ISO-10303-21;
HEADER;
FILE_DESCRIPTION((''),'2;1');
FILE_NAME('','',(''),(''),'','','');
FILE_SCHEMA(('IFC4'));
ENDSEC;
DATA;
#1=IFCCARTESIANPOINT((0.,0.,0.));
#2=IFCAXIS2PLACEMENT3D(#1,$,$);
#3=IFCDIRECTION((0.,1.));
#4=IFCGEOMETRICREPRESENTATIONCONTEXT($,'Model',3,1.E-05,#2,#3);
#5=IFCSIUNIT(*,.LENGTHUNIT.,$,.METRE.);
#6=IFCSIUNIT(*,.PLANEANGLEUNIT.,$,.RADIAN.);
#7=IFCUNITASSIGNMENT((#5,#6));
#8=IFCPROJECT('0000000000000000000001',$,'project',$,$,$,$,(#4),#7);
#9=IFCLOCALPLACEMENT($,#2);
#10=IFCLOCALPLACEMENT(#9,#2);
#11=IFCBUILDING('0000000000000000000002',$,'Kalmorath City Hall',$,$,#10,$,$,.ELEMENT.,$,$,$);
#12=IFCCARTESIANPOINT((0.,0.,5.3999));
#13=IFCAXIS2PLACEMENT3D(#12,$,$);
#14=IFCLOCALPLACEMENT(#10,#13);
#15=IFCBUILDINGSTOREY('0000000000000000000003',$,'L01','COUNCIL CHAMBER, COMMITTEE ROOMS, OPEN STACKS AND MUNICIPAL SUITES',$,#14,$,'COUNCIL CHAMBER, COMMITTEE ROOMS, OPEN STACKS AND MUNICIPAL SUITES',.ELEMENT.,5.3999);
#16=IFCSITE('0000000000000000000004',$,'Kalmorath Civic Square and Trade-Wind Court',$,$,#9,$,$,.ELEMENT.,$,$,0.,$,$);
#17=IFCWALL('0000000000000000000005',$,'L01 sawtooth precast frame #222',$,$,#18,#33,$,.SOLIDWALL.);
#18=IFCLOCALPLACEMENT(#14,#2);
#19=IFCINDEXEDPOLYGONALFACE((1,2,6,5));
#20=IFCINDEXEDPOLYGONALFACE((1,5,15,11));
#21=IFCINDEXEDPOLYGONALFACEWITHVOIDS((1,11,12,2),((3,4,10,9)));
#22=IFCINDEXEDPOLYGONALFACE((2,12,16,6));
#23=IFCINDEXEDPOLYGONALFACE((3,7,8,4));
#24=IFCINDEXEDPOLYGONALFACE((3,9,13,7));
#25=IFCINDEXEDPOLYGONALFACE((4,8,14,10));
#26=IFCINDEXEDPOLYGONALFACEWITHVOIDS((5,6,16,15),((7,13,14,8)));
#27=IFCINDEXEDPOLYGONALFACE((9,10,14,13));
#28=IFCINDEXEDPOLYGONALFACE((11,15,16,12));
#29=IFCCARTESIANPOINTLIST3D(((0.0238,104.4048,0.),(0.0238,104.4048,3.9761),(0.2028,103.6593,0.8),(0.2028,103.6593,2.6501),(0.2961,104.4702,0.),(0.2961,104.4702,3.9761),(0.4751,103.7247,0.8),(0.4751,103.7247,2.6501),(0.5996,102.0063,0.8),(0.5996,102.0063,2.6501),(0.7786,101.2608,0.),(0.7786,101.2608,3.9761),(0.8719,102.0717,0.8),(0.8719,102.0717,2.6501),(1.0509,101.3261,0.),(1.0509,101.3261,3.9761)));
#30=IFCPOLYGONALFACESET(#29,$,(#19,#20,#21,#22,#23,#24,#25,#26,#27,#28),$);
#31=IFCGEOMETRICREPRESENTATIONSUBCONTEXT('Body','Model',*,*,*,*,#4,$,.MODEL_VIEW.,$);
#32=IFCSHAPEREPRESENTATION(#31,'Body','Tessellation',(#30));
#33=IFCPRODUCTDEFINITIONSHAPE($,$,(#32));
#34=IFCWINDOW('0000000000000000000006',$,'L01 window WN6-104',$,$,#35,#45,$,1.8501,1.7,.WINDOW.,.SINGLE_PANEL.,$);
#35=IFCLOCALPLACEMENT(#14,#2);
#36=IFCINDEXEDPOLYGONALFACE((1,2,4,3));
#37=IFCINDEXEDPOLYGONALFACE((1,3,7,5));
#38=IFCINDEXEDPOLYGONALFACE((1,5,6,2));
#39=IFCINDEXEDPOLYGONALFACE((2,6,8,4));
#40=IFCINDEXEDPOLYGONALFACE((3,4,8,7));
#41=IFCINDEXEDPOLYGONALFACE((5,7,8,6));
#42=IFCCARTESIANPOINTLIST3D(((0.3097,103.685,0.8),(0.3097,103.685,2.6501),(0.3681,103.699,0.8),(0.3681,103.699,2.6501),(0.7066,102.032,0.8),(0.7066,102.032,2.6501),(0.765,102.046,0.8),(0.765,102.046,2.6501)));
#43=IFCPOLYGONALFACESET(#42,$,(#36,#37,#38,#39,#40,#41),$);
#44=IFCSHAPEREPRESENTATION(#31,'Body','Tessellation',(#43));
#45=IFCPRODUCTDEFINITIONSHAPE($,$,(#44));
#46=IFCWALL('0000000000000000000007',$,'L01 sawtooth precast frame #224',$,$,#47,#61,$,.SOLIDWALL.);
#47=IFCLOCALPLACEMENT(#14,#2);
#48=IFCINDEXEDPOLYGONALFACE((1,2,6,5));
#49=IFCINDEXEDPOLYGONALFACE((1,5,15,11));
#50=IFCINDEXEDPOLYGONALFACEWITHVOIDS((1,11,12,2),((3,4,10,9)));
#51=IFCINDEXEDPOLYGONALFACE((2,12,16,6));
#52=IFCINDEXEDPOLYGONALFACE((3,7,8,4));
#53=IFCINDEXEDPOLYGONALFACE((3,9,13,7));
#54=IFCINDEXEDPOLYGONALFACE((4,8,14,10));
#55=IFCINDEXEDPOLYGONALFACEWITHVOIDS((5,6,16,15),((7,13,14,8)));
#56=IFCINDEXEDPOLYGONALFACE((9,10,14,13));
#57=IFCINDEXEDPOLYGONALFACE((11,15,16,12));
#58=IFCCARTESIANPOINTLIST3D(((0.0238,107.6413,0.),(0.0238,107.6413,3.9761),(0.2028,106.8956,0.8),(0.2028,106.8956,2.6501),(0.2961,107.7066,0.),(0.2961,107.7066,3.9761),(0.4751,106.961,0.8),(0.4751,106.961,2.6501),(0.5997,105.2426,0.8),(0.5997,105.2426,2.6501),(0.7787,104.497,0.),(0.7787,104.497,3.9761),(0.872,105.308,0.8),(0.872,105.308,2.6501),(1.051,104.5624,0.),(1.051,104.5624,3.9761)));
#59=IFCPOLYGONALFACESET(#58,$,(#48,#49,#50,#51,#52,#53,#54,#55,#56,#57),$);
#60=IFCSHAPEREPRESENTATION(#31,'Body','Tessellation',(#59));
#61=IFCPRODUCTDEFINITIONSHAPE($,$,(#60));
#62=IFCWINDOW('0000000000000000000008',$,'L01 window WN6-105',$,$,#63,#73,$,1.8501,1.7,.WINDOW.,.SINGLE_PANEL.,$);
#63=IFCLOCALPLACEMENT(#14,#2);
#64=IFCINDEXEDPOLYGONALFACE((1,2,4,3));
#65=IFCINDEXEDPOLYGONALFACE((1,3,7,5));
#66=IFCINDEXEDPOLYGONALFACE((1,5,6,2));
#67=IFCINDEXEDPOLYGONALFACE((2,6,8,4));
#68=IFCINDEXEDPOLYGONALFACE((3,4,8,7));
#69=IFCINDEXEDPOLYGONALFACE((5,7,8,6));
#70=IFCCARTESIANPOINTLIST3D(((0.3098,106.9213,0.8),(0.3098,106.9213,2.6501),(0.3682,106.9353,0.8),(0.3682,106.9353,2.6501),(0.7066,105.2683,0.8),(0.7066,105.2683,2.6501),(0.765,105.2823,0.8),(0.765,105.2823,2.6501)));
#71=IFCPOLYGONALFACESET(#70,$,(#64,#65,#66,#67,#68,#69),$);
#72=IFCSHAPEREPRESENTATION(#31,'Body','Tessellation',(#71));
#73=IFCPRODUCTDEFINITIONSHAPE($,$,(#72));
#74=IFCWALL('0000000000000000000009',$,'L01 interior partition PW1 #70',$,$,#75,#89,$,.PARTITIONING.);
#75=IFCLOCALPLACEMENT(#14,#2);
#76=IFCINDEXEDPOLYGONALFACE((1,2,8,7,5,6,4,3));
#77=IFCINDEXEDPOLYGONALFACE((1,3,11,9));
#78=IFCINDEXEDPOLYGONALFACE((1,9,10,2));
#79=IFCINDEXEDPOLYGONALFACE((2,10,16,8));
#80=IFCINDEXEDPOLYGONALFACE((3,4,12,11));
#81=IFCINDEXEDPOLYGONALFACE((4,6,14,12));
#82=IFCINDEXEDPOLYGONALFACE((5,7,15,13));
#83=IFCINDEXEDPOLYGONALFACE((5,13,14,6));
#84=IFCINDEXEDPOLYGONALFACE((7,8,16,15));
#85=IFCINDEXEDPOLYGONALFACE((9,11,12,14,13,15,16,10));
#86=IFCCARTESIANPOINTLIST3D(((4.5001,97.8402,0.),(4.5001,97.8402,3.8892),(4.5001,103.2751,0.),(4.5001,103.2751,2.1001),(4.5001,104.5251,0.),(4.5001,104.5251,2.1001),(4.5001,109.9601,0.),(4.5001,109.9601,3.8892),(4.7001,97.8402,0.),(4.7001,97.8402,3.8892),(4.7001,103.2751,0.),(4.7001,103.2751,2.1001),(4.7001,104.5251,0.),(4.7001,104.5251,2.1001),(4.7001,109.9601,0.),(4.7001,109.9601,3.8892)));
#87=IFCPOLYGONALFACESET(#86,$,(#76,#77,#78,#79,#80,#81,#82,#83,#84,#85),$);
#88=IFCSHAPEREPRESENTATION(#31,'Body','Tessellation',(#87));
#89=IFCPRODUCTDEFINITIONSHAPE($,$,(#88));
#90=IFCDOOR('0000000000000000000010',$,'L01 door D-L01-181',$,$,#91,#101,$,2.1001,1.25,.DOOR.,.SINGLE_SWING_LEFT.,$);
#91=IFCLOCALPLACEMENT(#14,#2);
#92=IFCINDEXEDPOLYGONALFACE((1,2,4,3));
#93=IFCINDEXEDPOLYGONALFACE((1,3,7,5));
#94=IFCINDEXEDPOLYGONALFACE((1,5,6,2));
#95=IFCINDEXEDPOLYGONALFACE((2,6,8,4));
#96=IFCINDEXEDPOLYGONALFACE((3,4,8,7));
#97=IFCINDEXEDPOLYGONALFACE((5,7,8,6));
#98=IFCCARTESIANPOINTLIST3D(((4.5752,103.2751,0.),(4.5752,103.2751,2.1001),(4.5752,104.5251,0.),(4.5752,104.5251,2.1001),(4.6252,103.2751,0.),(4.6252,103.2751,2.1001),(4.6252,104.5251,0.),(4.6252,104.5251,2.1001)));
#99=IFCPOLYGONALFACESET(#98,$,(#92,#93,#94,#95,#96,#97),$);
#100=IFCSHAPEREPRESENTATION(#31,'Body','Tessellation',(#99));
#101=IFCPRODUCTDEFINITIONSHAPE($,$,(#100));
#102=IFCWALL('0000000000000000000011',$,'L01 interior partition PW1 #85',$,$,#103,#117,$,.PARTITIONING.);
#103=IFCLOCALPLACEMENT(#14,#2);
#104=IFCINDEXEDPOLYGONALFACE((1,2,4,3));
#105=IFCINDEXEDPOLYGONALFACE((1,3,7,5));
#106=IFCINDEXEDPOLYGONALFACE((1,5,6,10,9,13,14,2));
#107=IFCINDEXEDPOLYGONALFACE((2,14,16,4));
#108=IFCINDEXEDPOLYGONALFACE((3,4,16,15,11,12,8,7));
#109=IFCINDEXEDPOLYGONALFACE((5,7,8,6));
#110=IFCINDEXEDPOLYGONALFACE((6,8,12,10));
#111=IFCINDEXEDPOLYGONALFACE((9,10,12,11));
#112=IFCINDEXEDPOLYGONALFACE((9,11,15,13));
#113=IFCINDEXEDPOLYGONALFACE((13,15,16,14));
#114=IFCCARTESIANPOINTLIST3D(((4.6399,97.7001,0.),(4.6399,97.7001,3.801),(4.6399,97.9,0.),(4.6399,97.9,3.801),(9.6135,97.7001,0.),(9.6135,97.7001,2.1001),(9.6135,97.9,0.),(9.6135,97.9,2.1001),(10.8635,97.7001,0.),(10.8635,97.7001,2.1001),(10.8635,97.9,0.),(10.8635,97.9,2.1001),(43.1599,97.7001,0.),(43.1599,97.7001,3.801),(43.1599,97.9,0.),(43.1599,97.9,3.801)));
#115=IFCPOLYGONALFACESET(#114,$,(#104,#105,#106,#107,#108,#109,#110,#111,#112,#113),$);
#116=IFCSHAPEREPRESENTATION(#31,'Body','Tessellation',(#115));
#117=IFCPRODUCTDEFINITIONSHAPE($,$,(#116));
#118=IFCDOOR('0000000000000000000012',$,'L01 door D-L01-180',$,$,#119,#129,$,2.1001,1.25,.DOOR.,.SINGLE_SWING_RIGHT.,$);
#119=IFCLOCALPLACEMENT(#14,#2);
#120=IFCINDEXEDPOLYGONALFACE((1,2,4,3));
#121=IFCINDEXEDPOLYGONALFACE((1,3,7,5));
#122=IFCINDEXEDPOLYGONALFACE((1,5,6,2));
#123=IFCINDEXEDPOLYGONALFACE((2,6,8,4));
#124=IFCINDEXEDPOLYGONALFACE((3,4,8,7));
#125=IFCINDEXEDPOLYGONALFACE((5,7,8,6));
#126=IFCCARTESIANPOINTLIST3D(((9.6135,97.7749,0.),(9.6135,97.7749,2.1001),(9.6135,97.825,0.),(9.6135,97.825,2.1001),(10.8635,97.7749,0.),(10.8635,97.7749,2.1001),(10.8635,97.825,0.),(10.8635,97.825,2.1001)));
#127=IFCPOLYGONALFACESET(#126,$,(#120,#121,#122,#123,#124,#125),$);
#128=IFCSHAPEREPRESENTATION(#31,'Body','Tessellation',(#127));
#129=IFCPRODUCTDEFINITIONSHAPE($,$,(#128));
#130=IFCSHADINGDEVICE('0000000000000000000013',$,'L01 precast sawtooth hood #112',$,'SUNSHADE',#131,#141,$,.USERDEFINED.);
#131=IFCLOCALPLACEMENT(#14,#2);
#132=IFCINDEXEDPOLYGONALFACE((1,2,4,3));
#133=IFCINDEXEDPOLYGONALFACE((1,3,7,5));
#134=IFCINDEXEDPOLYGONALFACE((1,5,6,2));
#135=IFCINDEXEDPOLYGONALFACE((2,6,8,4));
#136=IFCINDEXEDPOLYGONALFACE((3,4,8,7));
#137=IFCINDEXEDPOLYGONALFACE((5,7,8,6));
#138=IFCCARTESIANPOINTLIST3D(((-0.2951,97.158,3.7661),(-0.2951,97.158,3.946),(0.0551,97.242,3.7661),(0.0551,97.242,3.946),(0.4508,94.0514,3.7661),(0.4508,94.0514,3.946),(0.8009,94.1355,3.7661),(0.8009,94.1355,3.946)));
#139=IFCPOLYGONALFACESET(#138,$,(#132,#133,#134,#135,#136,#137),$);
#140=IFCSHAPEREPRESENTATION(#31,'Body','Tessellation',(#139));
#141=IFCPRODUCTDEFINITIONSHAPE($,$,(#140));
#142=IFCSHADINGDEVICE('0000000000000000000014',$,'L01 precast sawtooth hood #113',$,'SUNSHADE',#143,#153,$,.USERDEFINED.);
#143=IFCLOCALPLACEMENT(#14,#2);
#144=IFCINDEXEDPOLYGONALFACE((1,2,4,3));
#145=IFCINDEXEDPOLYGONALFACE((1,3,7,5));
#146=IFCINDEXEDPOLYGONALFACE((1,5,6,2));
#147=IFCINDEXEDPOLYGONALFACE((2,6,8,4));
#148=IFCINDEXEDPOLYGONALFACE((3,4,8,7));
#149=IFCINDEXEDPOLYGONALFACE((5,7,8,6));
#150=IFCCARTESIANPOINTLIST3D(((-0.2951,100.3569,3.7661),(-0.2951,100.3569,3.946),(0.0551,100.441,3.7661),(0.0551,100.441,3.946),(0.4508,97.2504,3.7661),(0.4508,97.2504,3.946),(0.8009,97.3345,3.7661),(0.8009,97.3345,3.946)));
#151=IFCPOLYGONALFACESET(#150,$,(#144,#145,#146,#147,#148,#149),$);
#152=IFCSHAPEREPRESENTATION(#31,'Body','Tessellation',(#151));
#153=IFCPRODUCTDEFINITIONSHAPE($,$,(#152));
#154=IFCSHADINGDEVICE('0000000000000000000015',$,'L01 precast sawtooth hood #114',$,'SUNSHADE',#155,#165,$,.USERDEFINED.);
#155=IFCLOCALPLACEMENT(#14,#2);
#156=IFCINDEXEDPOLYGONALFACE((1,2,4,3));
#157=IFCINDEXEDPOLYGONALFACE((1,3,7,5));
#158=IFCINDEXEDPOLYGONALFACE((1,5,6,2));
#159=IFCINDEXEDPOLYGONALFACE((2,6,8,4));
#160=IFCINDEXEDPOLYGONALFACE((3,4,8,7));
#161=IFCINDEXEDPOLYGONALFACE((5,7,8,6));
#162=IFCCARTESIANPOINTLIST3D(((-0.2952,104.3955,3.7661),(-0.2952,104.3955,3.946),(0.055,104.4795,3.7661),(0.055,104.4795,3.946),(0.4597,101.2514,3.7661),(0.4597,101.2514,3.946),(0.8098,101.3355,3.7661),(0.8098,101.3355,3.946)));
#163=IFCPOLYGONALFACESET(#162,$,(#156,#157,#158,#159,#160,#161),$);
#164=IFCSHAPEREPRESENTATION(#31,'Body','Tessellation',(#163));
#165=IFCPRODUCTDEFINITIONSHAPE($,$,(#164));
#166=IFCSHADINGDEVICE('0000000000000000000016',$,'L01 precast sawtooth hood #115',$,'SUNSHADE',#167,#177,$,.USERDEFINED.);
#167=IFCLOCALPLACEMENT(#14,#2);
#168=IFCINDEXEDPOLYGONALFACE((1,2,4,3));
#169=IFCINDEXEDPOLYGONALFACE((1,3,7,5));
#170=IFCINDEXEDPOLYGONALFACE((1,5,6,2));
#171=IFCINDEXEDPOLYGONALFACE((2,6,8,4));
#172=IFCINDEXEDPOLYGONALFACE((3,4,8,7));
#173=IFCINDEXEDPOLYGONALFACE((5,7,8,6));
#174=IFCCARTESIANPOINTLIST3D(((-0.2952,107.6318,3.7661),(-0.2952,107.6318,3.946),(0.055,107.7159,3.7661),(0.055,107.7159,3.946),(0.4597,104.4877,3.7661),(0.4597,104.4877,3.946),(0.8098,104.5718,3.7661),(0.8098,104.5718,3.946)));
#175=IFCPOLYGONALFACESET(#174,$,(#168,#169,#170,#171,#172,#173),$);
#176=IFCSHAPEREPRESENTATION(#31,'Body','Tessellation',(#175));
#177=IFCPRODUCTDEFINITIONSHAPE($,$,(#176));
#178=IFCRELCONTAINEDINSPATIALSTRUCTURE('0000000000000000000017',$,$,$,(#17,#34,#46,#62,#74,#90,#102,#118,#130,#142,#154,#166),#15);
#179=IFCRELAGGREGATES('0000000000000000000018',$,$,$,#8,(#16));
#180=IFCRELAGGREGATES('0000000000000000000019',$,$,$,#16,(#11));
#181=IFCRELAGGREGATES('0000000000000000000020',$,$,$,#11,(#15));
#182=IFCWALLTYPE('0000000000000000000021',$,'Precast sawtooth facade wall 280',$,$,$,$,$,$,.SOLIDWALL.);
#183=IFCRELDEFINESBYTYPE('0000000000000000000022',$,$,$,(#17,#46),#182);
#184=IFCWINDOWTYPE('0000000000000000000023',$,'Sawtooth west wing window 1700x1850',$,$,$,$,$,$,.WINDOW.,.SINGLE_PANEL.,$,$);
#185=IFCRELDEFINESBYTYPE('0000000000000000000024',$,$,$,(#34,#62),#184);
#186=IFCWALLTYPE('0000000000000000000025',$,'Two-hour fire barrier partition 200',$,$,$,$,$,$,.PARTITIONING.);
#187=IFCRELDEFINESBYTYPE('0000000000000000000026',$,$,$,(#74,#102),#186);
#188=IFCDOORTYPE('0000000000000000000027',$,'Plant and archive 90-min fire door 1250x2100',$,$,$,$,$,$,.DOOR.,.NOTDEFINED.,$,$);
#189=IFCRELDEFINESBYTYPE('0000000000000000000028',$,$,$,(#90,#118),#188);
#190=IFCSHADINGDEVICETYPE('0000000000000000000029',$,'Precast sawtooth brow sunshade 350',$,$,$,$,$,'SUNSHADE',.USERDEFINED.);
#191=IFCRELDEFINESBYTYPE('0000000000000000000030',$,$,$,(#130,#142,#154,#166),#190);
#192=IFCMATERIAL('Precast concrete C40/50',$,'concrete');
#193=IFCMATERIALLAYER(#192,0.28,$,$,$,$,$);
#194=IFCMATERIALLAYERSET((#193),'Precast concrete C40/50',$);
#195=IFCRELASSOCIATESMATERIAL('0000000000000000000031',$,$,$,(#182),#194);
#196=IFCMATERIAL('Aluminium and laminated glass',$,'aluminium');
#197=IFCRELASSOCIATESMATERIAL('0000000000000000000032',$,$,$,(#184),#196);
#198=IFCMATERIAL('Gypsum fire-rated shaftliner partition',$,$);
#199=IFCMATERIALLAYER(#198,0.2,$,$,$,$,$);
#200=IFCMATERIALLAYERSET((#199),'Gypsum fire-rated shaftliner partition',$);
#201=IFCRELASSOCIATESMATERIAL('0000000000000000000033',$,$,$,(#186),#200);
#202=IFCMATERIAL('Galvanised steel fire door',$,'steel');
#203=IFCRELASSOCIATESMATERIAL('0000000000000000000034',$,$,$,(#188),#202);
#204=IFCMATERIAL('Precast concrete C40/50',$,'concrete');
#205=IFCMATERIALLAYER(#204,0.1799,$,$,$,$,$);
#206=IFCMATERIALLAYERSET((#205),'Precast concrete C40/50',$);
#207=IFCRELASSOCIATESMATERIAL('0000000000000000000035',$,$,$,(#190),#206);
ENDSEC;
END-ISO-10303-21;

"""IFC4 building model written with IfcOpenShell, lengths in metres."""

from ifc_helpers import new_model, si_unit, direction, frame, frame_2d, origin, origin_2d, place, context, subcontext, project, spatial, rectangle, extrude, material, layer, layer_set, type_object, element, fill, save


model = new_model("IFC4")

# Units and contexts
model_context = context("Model", 3, precision=1e-05, world=origin(), true_north=direction((0.0, 1.0)))
body_context = subcontext(model_context, "Body", "Model", "MODEL_VIEW")
ifc_project = project(units=[si_unit("LENGTHUNIT", "METRE"), si_unit("PLANEANGLEUNIT", "RADIAN")], contexts=[model_context])

# Site, building, storey
site_placement = place(None, origin())
site = spatial("IfcSite", under=ifc_project, at=site_placement, Name="Kalmorath Civic Square and Trade-Wind Court", CompositionType="ELEMENT", RefElevation=0.0)
building_placement = place(site_placement, origin())
building = spatial("IfcBuilding", under=site, at=building_placement, Name="Kalmorath City Hall", CompositionType="ELEMENT")
storey_placement = place(building_placement, frame((0.0, 0.0, 5.3999)))
storey = spatial("IfcBuildingStorey", under=building, at=storey_placement, Name="L01", Description="COUNCIL CHAMBER, COMMITTEE ROOMS, OPEN STACKS AND MUNICIPAL SUITES", LongName="COUNCIL CHAMBER, COMMITTEE ROOMS, OPEN STACKS AND MUNICIPAL SUITES", CompositionType="ELEMENT", Elevation=5.3999)

# Walls, openings, windows
ifc_material_1 = material(Name="Precast concrete C40/50", Category="concrete")
ifc_layer_1 = layer(ifc_material_1, 0.28)
ifc_layer_set_1 = layer_set([ifc_layer_1], Name="Precast concrete C40/50")
wall_type_1 = type_object("IfcWallType", Name="Precast sawtooth facade wall 280", PredefinedType="SOLIDWALL", material=ifc_layer_set_1)
ifc_material_2 = material(Name="Aluminium and laminated glass", Category="aluminium")
window_type = type_object("IfcWindowType", Name="Sawtooth west wing window 1700x1850", PartitioningType="SINGLE_PANEL", PredefinedType="WINDOW", material=ifc_material_2)
wall_1_placement = place(storey_placement, frame((0.9148, 101.2935, 0.0), z_axis=(0.0, 0.0, 1.0), x_axis=(-0.233464, 0.972365, 0.0)))
wall_1 = element("IfcWall", 1, at=wall_1_placement, inside=storey, type_object=wall_type_1, Name="L01 sawtooth precast frame #222", PredefinedType="SOLIDWALL", context=body_context, shape_type="SweptSolid", body=[
    extrude(rectangle(XDim=3.2334, YDim=0.28, at=frame_2d((1.6167, 0.0))), origin(), (0.0, 0.0, 1.0), 3.9761),
])
opening_1_placement = place(wall_1_placement, frame((0.7666, 0.0, 0.8)))
opening_1 = element("IfcOpeningElement", 2, at=opening_1_placement, cuts=wall_1, PredefinedType="OPENING", context=body_context, shape_type="SweptSolid", body=[
    extrude(rectangle(XDim=1.7, YDim=1.8501, at=frame_2d((0.8501, 0.925))), frame((0.0, 0.1499, 0.0), z_axis=(0.0, -1.0, 0.0), x_axis=(1.0, 0.0, 0.0)), (0.0, 0.0, 1.0), 0.3),
])
window_1_placement = place(opening_1_placement, origin())
window_1 = element("IfcWindow", 3, at=window_1_placement, inside=storey, type_object=window_type, Name="L01 window WN6-104", OverallHeight=1.8501, OverallWidth=1.7, PartitioningType="SINGLE_PANEL", PredefinedType="WINDOW", context=body_context, shape_type="SweptSolid", body=[
    extrude(rectangle(XDim=1.7, YDim=1.8501, at=frame_2d((0.8501, 0.925))), frame((0.0, 0.03, 0.0), z_axis=(0.0, -1.0, 0.0), x_axis=(1.0, 0.0, 0.0)), (0.0, 0.0, 1.0), 0.0601),
])
fill(opening_1, window_1)
wall_2_placement = place(storey_placement, frame((0.9148, 104.5298, 0.0), z_axis=(0.0, 0.0, 1.0), x_axis=(-0.233447, 0.972369, 0.0)))
wall_2 = element("IfcWall", 4, at=wall_2_placement, inside=storey, type_object=wall_type_1, Name="L01 sawtooth precast frame #224", PredefinedType="SOLIDWALL", context=body_context, shape_type="SweptSolid", body=[
    extrude(rectangle(XDim=3.2336, YDim=0.28, at=frame_2d((1.6167, 0.0))), origin(), (0.0, 0.0, 1.0), 3.9761),
])
opening_2_placement = place(wall_2_placement, frame((0.7666, 0.0, 0.8)))
opening_2 = element("IfcOpeningElement", 5, at=opening_2_placement, cuts=wall_2, PredefinedType="OPENING", context=body_context, shape_type="SweptSolid", body=[
    extrude(rectangle(XDim=1.7, YDim=1.8501, at=frame_2d((0.8501, 0.925))), frame((0.0, 0.1499, 0.0), z_axis=(0.0, -1.0, 0.0), x_axis=(1.0, 0.0, 0.0)), (0.0, 0.0, 1.0), 0.3),
])
window_2_placement = place(opening_2_placement, origin())
window_2 = element("IfcWindow", 6, at=window_2_placement, inside=storey, type_object=window_type, Name="L01 window WN6-105", OverallHeight=1.8501, OverallWidth=1.7, PartitioningType="SINGLE_PANEL", PredefinedType="WINDOW", context=body_context, shape_type="SweptSolid", body=[
    extrude(rectangle(XDim=1.7, YDim=1.8501, at=frame_2d((0.8501, 0.925))), frame((0.0, 0.03, 0.0), z_axis=(0.0, -1.0, 0.0), x_axis=(1.0, 0.0, 0.0)), (0.0, 0.0, 1.0), 0.0601),
])
fill(opening_2, window_2)

# Walls, openings, doors
ifc_material_3 = material(Name="Gypsum fire-rated shaftliner partition")
ifc_layer_2 = layer(ifc_material_3, 0.2)
ifc_layer_set_2 = layer_set([ifc_layer_2], Name="Gypsum fire-rated shaftliner partition")
wall_type_2 = type_object("IfcWallType", Name="Two-hour fire barrier partition 200", PredefinedType="PARTITIONING", material=ifc_layer_set_2)
wall_3_placement = place(storey_placement, frame((4.6001, 97.8401, 0.0), z_axis=(0.0, 0.0, 1.0), x_axis=(0.0, 1.0, 0.0)))
wall_3 = element("IfcWall", 7, at=wall_3_placement, inside=storey, type_object=wall_type_2, Name="L01 interior partition PW1 #70", PredefinedType="PARTITIONING", context=body_context, shape_type="SweptSolid", body=[
    extrude(rectangle(XDim=12.1199, YDim=0.2, at=frame_2d((6.0601, 0.0))), origin(), (0.0, 0.0, 1.0), 3.8892),
])
opening_3_placement = place(wall_3_placement, frame((5.4351, 0.0, 0.0)))
opening_3 = element("IfcOpeningElement", 8, at=opening_3_placement, cuts=wall_3, PredefinedType="OPENING", context=body_context, shape_type="SweptSolid", body=[
    extrude(rectangle(XDim=1.25, YDim=2.1001, at=frame_2d((0.625, 1.05))), frame((0.0, 0.1099, 0.0), z_axis=(0.0, -1.0, 0.0), x_axis=(1.0, 0.0, 0.0)), (0.0, 0.0, 1.0), 0.22),
])
ifc_material_4 = material(Name="Galvanised steel fire door", Category="steel")
door_type = type_object("IfcDoorType", Name="Plant and archive 90-min fire door 1250x2100", OperationType="NOTDEFINED", PredefinedType="DOOR", material=ifc_material_4)
door_1_placement = place(opening_3_placement, origin())
door_1 = element("IfcDoor", 9, at=door_1_placement, inside=storey, type_object=door_type, Name="L01 door D-L01-181", OperationType="SINGLE_SWING_LEFT", OverallHeight=2.1001, OverallWidth=1.25, PredefinedType="DOOR", context=body_context, shape_type="SweptSolid", body=[
    extrude(rectangle(XDim=1.25, YDim=2.1001, at=frame_2d((0.625, 1.05))), frame((0.0, 0.0249, 0.0), z_axis=(0.0, -1.0, 0.0), x_axis=(1.0, 0.0, 0.0)), (0.0, 0.0, 1.0), 0.05),
])
fill(opening_3, door_1)
wall_4_placement = place(storey_placement, frame((4.6399, 97.8, 0.0), z_axis=(0.0, 0.0, 1.0), x_axis=(1.0, 0.0, 0.0)))
wall_4 = element("IfcWall", 10, at=wall_4_placement, inside=storey, type_object=wall_type_2, Name="L01 interior partition PW1 #85", PredefinedType="PARTITIONING", context=body_context, shape_type="SweptSolid", body=[
    extrude(rectangle(XDim=38.52, YDim=0.2, at=frame_2d((19.26, 0.0))), origin(), (0.0, 0.0, 1.0), 3.801),
])
opening_4_placement = place(wall_4_placement, frame((4.9736, 0.0, 0.0)))
opening_4 = element("IfcOpeningElement", 11, at=opening_4_placement, cuts=wall_4, PredefinedType="OPENING", context=body_context, shape_type="SweptSolid", body=[
    extrude(rectangle(XDim=1.25, YDim=2.1001, at=frame_2d((0.625, 1.05))), frame((0.0, 0.1099, 0.0), z_axis=(0.0, -1.0, 0.0), x_axis=(1.0, 0.0, 0.0)), (0.0, 0.0, 1.0), 0.22),
])
door_2_placement = place(opening_4_placement, origin())
door_2 = element("IfcDoor", 12, at=door_2_placement, inside=storey, type_object=door_type, Name="L01 door D-L01-180", OperationType="SINGLE_SWING_RIGHT", OverallHeight=2.1001, OverallWidth=1.25, PredefinedType="DOOR", context=body_context, shape_type="SweptSolid", body=[
    extrude(rectangle(XDim=1.25, YDim=2.1001, at=frame_2d((0.625, 1.05))), frame((0.0, 0.0249, 0.0), z_axis=(0.0, -1.0, 0.0), x_axis=(1.0, 0.0, 0.0)), (0.0, 0.0, 1.0), 0.05),
])
fill(opening_4, door_2)

# Shading devices
ifc_material_5 = material(Name="Precast concrete C40/50", Category="concrete")
ifc_layer_3 = layer(ifc_material_5, 0.1799)
ifc_layer_set_3 = layer_set([ifc_layer_3], Name="Precast concrete C40/50")
shading_device_type = type_object("IfcShadingDeviceType", Name="Precast sawtooth brow sunshade 350", ElementType="SUNSHADE", PredefinedType="USERDEFINED", material=ifc_layer_set_3)
for number, where, z_axis, x_axis, name in (
    (13, (0.2529, 95.6467, 3.7661), (0.0, 0.0, 1.0), (-0.233445, 0.97237, 0.0), "L01 precast sawtooth hood #112"),
    (14, (0.2529, 98.8457, 3.7661), (0.0, 0.0, 1.0), (-0.233445, 0.97237, 0.0), "L01 precast sawtooth hood #113"),
):
    element("IfcShadingDevice", number, at=place(storey_placement, frame(where, z_axis=z_axis, x_axis=x_axis)), inside=storey, type_object=shading_device_type, Name=name, ObjectType="SUNSHADE", PredefinedType="USERDEFINED", context=body_context, shape_type="SweptSolid", body=[
        extrude(rectangle(XDim=3.1948, YDim=0.3601, at=origin_2d()), origin(), (0.0, 0.0, 1.0), 0.1799),
    ])
for number, where, z_axis, x_axis, name in (
    (15, (0.2573, 102.8655, 3.7661), (0.0, 0.0, 1.0), (-0.233445, 0.97237, 0.0), "L01 precast sawtooth hood #114"),
    (16, (0.2573, 106.1018, 3.7661), (0.0, 0.0, 1.0), (-0.233445, 0.97237, 0.0), "L01 precast sawtooth hood #115"),
):
    element("IfcShadingDevice", number, at=place(storey_placement, frame(where, z_axis=z_axis, x_axis=x_axis)), inside=storey, type_object=shading_device_type, Name=name, ObjectType="SUNSHADE", PredefinedType="USERDEFINED", context=body_context, shape_type="SweptSolid", body=[
        extrude(rectangle(XDim=3.2334, YDim=0.3601, at=origin_2d()), origin(), (0.0, 0.0, 1.0), 0.1799),
    ])

save(model, "model.ifc")
